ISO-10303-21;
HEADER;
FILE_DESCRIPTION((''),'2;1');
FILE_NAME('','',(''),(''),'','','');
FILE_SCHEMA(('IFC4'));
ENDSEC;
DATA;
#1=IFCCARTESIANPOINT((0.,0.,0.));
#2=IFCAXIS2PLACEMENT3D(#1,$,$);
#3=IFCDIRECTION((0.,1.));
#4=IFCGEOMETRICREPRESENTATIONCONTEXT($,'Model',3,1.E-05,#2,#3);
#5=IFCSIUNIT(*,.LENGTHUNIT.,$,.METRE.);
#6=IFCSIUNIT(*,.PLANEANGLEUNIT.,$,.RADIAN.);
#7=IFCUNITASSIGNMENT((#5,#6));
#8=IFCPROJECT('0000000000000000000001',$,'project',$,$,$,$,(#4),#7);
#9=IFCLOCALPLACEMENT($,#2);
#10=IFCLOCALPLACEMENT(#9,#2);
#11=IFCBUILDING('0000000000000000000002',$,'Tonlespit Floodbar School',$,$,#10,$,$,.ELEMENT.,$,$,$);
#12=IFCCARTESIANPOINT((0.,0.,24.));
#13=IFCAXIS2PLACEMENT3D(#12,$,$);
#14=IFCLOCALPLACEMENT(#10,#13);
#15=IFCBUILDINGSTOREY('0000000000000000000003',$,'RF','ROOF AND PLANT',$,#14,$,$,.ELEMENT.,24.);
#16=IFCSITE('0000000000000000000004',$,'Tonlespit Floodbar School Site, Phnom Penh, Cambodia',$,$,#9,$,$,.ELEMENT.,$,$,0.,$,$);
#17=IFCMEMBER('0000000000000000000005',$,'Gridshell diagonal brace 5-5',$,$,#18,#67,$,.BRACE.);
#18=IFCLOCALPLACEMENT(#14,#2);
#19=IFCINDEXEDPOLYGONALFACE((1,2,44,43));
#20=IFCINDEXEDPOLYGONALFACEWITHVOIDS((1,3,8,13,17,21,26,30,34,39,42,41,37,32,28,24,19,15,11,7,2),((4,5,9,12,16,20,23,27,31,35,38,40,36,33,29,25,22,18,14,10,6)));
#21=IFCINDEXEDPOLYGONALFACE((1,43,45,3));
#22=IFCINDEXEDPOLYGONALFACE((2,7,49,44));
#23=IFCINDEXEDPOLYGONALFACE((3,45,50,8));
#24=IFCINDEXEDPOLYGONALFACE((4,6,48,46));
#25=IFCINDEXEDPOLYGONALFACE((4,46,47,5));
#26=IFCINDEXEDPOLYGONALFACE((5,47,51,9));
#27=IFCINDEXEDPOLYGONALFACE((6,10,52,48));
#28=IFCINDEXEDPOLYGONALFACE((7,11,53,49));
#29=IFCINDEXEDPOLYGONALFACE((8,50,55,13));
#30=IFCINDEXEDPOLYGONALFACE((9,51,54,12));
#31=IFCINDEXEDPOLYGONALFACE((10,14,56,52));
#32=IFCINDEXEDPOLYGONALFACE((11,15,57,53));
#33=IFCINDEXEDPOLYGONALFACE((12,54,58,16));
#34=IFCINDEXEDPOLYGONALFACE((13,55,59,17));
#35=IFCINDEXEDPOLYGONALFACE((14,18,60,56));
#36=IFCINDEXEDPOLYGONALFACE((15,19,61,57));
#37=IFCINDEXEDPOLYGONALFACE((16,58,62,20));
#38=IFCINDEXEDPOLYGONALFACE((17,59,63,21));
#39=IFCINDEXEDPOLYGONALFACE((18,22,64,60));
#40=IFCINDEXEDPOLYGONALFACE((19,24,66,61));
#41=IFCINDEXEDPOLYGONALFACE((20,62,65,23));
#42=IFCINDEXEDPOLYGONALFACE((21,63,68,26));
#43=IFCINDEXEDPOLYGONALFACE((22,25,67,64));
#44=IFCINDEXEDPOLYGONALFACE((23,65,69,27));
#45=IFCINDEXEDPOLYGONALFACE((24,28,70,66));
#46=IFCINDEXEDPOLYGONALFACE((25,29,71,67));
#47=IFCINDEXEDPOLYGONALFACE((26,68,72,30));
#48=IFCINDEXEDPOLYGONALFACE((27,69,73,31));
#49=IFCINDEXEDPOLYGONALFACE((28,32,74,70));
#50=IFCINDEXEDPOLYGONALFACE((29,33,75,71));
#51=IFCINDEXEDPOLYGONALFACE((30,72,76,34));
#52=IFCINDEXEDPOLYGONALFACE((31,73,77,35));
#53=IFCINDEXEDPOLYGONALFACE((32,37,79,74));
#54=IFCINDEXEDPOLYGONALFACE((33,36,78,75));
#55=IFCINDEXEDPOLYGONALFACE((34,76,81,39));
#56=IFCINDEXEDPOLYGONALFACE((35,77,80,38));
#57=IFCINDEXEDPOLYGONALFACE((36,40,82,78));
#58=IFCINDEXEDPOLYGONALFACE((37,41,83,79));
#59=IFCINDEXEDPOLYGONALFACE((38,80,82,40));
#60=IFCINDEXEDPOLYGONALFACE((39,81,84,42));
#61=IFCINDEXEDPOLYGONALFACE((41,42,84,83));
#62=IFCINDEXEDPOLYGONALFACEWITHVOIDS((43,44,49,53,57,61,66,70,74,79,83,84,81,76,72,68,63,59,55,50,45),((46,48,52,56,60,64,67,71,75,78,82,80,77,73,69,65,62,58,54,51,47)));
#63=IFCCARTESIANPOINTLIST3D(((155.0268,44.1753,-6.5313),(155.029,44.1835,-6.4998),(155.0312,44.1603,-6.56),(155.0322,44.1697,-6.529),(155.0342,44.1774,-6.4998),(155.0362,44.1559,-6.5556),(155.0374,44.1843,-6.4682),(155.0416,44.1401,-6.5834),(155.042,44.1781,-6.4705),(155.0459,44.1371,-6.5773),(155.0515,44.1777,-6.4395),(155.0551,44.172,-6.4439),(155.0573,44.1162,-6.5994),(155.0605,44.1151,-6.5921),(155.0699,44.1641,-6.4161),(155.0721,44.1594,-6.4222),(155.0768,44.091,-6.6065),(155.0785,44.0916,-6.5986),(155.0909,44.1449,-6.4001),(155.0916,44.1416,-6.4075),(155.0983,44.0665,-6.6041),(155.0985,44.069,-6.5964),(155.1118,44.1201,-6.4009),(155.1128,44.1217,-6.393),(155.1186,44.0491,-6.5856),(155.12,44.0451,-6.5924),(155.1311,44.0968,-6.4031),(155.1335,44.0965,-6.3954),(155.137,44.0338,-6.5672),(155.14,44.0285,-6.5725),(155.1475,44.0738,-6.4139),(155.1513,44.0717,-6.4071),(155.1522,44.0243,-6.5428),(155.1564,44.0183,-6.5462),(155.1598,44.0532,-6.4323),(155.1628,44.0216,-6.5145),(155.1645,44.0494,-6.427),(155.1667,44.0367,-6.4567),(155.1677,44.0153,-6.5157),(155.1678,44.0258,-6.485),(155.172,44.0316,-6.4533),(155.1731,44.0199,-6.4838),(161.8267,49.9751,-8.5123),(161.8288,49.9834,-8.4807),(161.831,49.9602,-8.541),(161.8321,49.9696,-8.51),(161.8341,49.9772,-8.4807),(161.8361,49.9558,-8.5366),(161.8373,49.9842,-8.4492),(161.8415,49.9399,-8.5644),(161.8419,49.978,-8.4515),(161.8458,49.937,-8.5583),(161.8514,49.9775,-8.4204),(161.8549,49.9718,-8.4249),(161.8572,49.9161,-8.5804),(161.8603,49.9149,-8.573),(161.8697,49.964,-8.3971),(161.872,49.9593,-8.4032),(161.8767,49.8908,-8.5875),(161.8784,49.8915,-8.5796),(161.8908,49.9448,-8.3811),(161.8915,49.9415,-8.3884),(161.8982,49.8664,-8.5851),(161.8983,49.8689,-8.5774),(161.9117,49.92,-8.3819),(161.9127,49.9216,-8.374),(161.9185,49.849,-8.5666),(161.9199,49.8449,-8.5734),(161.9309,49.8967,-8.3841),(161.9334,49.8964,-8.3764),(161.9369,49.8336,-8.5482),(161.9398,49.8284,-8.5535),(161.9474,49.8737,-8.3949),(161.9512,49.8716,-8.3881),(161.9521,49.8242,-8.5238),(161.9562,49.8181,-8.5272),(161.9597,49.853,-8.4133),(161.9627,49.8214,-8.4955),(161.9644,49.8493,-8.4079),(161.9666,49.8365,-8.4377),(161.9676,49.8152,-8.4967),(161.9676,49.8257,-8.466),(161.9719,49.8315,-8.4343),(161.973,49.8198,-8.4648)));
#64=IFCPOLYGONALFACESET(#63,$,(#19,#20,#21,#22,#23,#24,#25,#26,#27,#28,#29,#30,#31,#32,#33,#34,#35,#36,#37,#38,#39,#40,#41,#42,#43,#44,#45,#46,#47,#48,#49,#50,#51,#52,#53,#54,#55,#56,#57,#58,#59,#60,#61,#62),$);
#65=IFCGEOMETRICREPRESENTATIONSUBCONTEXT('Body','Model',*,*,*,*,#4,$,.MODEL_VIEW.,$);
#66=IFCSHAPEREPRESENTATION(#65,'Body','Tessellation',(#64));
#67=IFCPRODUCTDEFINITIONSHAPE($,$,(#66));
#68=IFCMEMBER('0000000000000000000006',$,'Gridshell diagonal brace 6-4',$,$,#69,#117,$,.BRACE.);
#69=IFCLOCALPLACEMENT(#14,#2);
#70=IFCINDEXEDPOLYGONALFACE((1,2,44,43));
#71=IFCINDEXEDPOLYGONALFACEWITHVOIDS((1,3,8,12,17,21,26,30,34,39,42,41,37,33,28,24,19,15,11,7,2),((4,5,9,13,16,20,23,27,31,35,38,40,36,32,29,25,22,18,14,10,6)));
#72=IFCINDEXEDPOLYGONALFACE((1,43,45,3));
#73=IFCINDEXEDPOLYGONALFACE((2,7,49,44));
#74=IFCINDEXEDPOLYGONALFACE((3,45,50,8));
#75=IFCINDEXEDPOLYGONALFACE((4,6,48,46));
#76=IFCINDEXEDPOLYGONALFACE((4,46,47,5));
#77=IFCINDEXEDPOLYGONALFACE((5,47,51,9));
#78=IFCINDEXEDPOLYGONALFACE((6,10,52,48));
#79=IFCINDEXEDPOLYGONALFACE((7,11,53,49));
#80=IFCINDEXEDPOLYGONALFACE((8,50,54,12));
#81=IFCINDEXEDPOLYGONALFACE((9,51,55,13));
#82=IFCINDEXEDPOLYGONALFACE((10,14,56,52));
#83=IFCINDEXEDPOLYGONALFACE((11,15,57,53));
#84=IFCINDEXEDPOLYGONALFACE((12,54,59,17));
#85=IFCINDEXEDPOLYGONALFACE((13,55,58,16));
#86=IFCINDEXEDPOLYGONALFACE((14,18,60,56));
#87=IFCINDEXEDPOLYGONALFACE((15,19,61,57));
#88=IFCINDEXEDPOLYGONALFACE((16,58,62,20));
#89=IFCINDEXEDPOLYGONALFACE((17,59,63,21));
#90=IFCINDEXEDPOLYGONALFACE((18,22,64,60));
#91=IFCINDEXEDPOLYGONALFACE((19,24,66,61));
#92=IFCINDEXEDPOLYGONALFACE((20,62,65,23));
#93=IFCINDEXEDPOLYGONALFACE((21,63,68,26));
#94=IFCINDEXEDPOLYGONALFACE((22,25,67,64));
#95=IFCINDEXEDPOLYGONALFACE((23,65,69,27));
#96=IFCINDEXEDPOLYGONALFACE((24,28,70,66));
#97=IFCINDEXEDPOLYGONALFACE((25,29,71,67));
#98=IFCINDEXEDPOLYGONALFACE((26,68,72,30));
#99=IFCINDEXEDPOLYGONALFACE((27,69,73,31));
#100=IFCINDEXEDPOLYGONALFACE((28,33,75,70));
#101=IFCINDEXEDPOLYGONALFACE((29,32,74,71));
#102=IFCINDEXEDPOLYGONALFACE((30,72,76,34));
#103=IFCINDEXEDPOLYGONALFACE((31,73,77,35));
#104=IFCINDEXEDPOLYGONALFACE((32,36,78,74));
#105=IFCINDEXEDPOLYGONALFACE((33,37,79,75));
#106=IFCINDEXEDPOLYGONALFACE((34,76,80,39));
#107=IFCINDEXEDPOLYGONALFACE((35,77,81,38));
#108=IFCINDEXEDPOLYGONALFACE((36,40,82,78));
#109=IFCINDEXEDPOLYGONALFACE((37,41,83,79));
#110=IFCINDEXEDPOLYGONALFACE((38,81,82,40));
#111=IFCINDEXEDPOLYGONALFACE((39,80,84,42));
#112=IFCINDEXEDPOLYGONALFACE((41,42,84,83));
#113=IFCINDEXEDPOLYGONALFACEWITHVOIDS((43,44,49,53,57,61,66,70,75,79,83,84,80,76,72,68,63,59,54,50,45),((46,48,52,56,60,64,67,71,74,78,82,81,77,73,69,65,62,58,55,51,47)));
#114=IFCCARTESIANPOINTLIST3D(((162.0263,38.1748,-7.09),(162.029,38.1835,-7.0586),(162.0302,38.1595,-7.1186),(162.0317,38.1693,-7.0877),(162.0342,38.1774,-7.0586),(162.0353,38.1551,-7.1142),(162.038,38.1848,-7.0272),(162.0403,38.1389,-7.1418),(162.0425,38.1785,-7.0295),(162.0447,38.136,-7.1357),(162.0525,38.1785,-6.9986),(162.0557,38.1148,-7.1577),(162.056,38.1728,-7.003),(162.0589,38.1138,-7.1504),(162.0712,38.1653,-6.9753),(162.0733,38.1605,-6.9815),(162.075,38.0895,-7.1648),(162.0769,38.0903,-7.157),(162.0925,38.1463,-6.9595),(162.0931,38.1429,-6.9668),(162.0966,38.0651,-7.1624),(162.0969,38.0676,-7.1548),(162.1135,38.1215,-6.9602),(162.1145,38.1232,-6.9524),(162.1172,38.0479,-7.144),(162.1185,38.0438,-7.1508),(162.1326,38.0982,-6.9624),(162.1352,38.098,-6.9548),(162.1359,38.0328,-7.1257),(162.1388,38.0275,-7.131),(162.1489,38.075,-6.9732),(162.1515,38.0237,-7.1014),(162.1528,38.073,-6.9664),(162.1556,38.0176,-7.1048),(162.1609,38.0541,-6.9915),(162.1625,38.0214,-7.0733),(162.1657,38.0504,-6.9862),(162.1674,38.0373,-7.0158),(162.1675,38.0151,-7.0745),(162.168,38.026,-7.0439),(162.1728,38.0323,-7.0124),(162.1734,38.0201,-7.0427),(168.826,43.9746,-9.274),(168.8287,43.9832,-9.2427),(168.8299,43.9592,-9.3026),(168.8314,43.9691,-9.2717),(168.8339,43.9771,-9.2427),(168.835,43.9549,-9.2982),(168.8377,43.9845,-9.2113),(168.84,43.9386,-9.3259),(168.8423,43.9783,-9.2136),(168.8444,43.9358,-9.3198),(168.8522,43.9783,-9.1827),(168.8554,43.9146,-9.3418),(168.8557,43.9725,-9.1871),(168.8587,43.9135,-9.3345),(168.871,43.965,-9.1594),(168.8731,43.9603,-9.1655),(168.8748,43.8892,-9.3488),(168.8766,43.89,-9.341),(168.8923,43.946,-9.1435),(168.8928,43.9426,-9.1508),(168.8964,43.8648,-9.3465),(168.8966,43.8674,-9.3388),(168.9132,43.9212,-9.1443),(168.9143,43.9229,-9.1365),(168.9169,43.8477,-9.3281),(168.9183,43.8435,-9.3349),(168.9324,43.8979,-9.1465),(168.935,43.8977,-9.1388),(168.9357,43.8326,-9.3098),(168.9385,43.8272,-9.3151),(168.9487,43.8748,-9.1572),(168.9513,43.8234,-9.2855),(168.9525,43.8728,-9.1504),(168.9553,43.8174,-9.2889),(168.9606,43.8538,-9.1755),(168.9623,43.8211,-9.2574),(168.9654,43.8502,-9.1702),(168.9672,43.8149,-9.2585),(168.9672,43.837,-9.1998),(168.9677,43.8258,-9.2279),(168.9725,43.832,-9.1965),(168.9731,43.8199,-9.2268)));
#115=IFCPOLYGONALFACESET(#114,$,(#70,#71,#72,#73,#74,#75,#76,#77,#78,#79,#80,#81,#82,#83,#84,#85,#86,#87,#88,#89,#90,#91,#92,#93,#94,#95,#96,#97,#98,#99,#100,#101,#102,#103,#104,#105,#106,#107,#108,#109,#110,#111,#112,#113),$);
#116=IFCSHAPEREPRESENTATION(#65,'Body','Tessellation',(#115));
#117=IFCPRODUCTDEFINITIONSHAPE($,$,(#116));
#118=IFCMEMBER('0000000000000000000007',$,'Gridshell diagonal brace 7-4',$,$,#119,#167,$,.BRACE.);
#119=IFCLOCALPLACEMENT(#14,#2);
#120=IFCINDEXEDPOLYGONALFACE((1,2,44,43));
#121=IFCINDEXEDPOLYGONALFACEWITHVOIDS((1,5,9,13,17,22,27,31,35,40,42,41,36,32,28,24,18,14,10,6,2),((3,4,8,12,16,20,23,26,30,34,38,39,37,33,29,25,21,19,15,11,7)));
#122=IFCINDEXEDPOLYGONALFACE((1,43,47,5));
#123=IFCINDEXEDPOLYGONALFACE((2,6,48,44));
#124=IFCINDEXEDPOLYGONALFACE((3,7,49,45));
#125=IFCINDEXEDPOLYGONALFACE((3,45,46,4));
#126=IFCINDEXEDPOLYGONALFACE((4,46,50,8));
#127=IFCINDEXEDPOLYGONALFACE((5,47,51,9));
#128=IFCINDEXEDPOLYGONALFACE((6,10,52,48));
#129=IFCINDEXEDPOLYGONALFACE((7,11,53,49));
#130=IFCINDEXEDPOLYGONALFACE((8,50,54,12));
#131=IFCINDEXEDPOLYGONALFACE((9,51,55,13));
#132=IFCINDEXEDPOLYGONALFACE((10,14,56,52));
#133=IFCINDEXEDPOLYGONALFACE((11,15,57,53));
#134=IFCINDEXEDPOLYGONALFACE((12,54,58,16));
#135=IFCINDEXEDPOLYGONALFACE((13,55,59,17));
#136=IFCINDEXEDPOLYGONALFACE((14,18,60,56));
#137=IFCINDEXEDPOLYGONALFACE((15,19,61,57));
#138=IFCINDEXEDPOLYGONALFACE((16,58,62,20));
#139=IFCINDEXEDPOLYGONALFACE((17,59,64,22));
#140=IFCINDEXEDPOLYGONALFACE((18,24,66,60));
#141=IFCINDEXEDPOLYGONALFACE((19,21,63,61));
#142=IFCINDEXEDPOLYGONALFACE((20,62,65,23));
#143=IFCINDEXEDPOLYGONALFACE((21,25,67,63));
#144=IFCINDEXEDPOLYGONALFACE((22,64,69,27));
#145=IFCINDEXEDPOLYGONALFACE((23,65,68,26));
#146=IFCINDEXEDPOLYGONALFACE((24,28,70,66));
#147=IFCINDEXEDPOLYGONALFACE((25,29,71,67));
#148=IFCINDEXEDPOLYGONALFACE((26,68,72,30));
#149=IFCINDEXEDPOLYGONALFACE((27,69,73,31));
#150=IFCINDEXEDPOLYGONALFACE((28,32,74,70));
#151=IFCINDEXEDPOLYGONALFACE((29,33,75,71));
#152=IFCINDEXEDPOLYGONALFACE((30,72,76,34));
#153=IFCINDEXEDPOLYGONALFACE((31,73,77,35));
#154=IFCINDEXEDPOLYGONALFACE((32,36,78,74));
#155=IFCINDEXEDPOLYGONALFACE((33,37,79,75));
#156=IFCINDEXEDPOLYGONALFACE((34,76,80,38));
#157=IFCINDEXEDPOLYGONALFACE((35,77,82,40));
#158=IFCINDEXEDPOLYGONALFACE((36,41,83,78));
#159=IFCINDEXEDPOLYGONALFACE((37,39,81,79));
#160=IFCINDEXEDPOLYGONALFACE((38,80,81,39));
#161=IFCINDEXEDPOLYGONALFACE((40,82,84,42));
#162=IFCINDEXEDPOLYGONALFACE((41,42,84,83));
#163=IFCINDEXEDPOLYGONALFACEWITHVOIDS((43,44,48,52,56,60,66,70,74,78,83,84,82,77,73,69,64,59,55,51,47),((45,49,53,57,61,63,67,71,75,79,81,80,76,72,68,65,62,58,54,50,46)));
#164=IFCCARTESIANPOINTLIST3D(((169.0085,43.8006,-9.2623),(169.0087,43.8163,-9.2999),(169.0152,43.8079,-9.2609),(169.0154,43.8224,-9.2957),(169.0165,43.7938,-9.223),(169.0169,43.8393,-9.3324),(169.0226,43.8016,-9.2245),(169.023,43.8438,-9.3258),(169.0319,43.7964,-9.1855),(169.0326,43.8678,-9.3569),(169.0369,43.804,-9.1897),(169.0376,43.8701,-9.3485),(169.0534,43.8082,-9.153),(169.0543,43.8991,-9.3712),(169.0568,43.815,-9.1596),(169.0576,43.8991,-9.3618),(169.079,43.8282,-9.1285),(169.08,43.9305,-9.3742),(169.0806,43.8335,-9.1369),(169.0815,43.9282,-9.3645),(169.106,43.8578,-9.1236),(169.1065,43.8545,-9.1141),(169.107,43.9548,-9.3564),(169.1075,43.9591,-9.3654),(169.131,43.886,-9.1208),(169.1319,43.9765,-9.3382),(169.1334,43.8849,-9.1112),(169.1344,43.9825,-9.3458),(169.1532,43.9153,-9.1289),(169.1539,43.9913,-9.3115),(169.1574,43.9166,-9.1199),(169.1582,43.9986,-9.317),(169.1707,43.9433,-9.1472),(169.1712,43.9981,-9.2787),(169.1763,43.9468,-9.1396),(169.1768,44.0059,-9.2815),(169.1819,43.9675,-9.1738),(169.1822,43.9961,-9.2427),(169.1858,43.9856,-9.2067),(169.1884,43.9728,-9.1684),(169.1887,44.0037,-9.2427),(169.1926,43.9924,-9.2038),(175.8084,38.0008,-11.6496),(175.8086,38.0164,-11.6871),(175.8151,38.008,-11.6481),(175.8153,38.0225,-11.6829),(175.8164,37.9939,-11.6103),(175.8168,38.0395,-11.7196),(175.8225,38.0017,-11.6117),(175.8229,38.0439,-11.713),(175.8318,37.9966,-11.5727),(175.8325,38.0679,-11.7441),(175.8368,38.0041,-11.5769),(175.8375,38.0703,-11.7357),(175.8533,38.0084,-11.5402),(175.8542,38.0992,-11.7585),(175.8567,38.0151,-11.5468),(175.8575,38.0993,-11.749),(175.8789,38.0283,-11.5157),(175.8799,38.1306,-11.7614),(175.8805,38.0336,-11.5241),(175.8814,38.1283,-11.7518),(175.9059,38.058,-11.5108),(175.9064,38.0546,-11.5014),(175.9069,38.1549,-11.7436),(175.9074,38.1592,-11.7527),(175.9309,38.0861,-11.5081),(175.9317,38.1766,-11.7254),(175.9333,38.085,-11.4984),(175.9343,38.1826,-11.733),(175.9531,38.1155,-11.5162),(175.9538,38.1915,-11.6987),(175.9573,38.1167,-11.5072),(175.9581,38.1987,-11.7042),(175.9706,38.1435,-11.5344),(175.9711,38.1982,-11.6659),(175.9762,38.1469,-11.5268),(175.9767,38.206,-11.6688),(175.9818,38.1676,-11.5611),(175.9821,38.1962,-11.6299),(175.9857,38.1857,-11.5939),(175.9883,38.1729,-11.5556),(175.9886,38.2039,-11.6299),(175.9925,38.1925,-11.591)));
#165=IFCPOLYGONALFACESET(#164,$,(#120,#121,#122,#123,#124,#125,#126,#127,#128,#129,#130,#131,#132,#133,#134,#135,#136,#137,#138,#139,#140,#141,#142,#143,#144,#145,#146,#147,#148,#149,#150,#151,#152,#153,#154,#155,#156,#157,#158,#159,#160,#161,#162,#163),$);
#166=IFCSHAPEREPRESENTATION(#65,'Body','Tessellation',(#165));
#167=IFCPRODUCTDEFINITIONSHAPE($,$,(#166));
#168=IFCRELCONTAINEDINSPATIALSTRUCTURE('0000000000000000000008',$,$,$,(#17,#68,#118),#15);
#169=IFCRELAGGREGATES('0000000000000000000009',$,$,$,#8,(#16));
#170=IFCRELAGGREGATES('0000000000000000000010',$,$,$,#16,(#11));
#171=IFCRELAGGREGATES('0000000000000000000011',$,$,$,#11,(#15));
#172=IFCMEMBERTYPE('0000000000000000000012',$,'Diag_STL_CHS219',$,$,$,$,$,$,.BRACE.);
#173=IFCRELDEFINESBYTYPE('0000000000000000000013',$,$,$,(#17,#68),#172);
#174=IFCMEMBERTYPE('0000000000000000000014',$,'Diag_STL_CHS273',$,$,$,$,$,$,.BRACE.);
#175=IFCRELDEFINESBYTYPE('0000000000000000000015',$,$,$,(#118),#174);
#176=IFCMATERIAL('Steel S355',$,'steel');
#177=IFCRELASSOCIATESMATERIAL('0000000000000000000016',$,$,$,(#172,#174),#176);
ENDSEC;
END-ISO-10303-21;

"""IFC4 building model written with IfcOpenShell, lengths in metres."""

from ifc_helpers import new_model, si_unit, direction, frame, origin, origin_2d, place, context, subcontext, project, spatial, hollow_circle, extrude, material, material_profile, profile_set, type_object, element, save


model = new_model("IFC4")

# Units and contexts
model_context = context("Model", 3, precision=1e-05, world=origin(), true_north=direction((0.0, 1.0)))
body_context = subcontext(model_context, "Body", "Model", "MODEL_VIEW")
ifc_project = project(units=[si_unit("LENGTHUNIT", "METRE"), si_unit("PLANEANGLEUNIT", "RADIAN")], contexts=[model_context])

# Site, building, storey
site_placement = place(None, origin())
site = spatial("IfcSite", under=ifc_project, at=site_placement, Name="Tonlespit Floodbar School Site, Phnom Penh, Cambodia", CompositionType="ELEMENT", RefElevation=0.0)
building_placement = place(site_placement, origin())
building = spatial("IfcBuilding", under=site, at=building_placement, Name="Tonlespit Floodbar School", CompositionType="ELEMENT")
storey_placement = place(building_placement, frame((0.0, 0.0, 24.0)))
storey = spatial("IfcBuildingStorey", under=building, at=storey_placement, Name="RF", Description="ROOF AND PLANT", CompositionType="ELEMENT", Elevation=24.0)

# Members
ifc_material_1 = material(Name="Steel S355", Category="steel")
ifc_material_profile_1 = material_profile(ifc_material_1, hollow_circle(Radius=0.1096, WallThickness=0.0081, at=origin_2d()), Name="CHS 219.1x8")
ifc_profile_set_1 = profile_set([ifc_material_profile_1], Name="Steel S355")
member_type_1 = type_object("IfcMemberType", Name="Diag_STL_CHS219", PredefinedType="BRACE", material=ifc_profile_set_1)
member_1_placement = place(storey_placement, frame((155.1001, 44.1001, -6.4998), z_axis=(0.742808, 0.633568, -0.216399), x_axis=(-0.648945, 0.760836, 0.0)))
element("IfcMember", 1, at=member_1_placement, inside=storey, type_object=member_type_1, Name="Gridshell diagonal brace 5-5", PredefinedType="BRACE", context=body_context, shape_type="SweptSolid", body=[
    extrude(hollow_circle(Radius=0.1096, WallThickness=0.0081, at=origin_2d()), origin(), (0.0, 0.0, 1.0), 9.1543),
])
member_2_placement = place(storey_placement, frame((162.1001, 38.1001, -7.0586), z_axis=(0.739086, 0.630394, -0.237393), x_axis=(-0.648945, 0.760836, 0.0)))
element("IfcMember", 2, at=member_2_placement, inside=storey, type_object=member_type_1, Name="Gridshell diagonal brace 6-4", PredefinedType="BRACE", context=body_context, shape_type="SweptSolid", body=[
    extrude(hollow_circle(Radius=0.1096, WallThickness=0.0081, at=origin_2d()), origin(), (0.0, 0.0, 1.0), 9.2002),
])
ifc_material_profile_2 = material_profile(ifc_material_1, hollow_circle(Radius=0.1365, WallThickness=0.01, at=origin_2d()), Name="CHS 273x10")
ifc_profile_set_2 = profile_set([ifc_material_profile_2], Name="Steel S355")
member_type_2 = type_object("IfcMemberType", Name="Diag_STL_CHS273", PredefinedType="BRACE", material=ifc_profile_set_2)
member_3_placement = place(storey_placement, frame((169.1001, 43.8999, -9.2427), z_axis=(0.735065, -0.626964, -0.258059), x_axis=(0.648945, 0.760836, 0.0)))
element("IfcMember", 3, at=member_3_placement, inside=storey, type_object=member_type_2, Name="Gridshell diagonal brace 7-4", PredefinedType="BRACE", context=body_context, shape_type="SweptSolid", body=[
    extrude(hollow_circle(Radius=0.1365, WallThickness=0.01, at=origin_2d()), origin(), (0.0, 0.0, 1.0), 9.2507),
])

save(model, "model.ifc")
